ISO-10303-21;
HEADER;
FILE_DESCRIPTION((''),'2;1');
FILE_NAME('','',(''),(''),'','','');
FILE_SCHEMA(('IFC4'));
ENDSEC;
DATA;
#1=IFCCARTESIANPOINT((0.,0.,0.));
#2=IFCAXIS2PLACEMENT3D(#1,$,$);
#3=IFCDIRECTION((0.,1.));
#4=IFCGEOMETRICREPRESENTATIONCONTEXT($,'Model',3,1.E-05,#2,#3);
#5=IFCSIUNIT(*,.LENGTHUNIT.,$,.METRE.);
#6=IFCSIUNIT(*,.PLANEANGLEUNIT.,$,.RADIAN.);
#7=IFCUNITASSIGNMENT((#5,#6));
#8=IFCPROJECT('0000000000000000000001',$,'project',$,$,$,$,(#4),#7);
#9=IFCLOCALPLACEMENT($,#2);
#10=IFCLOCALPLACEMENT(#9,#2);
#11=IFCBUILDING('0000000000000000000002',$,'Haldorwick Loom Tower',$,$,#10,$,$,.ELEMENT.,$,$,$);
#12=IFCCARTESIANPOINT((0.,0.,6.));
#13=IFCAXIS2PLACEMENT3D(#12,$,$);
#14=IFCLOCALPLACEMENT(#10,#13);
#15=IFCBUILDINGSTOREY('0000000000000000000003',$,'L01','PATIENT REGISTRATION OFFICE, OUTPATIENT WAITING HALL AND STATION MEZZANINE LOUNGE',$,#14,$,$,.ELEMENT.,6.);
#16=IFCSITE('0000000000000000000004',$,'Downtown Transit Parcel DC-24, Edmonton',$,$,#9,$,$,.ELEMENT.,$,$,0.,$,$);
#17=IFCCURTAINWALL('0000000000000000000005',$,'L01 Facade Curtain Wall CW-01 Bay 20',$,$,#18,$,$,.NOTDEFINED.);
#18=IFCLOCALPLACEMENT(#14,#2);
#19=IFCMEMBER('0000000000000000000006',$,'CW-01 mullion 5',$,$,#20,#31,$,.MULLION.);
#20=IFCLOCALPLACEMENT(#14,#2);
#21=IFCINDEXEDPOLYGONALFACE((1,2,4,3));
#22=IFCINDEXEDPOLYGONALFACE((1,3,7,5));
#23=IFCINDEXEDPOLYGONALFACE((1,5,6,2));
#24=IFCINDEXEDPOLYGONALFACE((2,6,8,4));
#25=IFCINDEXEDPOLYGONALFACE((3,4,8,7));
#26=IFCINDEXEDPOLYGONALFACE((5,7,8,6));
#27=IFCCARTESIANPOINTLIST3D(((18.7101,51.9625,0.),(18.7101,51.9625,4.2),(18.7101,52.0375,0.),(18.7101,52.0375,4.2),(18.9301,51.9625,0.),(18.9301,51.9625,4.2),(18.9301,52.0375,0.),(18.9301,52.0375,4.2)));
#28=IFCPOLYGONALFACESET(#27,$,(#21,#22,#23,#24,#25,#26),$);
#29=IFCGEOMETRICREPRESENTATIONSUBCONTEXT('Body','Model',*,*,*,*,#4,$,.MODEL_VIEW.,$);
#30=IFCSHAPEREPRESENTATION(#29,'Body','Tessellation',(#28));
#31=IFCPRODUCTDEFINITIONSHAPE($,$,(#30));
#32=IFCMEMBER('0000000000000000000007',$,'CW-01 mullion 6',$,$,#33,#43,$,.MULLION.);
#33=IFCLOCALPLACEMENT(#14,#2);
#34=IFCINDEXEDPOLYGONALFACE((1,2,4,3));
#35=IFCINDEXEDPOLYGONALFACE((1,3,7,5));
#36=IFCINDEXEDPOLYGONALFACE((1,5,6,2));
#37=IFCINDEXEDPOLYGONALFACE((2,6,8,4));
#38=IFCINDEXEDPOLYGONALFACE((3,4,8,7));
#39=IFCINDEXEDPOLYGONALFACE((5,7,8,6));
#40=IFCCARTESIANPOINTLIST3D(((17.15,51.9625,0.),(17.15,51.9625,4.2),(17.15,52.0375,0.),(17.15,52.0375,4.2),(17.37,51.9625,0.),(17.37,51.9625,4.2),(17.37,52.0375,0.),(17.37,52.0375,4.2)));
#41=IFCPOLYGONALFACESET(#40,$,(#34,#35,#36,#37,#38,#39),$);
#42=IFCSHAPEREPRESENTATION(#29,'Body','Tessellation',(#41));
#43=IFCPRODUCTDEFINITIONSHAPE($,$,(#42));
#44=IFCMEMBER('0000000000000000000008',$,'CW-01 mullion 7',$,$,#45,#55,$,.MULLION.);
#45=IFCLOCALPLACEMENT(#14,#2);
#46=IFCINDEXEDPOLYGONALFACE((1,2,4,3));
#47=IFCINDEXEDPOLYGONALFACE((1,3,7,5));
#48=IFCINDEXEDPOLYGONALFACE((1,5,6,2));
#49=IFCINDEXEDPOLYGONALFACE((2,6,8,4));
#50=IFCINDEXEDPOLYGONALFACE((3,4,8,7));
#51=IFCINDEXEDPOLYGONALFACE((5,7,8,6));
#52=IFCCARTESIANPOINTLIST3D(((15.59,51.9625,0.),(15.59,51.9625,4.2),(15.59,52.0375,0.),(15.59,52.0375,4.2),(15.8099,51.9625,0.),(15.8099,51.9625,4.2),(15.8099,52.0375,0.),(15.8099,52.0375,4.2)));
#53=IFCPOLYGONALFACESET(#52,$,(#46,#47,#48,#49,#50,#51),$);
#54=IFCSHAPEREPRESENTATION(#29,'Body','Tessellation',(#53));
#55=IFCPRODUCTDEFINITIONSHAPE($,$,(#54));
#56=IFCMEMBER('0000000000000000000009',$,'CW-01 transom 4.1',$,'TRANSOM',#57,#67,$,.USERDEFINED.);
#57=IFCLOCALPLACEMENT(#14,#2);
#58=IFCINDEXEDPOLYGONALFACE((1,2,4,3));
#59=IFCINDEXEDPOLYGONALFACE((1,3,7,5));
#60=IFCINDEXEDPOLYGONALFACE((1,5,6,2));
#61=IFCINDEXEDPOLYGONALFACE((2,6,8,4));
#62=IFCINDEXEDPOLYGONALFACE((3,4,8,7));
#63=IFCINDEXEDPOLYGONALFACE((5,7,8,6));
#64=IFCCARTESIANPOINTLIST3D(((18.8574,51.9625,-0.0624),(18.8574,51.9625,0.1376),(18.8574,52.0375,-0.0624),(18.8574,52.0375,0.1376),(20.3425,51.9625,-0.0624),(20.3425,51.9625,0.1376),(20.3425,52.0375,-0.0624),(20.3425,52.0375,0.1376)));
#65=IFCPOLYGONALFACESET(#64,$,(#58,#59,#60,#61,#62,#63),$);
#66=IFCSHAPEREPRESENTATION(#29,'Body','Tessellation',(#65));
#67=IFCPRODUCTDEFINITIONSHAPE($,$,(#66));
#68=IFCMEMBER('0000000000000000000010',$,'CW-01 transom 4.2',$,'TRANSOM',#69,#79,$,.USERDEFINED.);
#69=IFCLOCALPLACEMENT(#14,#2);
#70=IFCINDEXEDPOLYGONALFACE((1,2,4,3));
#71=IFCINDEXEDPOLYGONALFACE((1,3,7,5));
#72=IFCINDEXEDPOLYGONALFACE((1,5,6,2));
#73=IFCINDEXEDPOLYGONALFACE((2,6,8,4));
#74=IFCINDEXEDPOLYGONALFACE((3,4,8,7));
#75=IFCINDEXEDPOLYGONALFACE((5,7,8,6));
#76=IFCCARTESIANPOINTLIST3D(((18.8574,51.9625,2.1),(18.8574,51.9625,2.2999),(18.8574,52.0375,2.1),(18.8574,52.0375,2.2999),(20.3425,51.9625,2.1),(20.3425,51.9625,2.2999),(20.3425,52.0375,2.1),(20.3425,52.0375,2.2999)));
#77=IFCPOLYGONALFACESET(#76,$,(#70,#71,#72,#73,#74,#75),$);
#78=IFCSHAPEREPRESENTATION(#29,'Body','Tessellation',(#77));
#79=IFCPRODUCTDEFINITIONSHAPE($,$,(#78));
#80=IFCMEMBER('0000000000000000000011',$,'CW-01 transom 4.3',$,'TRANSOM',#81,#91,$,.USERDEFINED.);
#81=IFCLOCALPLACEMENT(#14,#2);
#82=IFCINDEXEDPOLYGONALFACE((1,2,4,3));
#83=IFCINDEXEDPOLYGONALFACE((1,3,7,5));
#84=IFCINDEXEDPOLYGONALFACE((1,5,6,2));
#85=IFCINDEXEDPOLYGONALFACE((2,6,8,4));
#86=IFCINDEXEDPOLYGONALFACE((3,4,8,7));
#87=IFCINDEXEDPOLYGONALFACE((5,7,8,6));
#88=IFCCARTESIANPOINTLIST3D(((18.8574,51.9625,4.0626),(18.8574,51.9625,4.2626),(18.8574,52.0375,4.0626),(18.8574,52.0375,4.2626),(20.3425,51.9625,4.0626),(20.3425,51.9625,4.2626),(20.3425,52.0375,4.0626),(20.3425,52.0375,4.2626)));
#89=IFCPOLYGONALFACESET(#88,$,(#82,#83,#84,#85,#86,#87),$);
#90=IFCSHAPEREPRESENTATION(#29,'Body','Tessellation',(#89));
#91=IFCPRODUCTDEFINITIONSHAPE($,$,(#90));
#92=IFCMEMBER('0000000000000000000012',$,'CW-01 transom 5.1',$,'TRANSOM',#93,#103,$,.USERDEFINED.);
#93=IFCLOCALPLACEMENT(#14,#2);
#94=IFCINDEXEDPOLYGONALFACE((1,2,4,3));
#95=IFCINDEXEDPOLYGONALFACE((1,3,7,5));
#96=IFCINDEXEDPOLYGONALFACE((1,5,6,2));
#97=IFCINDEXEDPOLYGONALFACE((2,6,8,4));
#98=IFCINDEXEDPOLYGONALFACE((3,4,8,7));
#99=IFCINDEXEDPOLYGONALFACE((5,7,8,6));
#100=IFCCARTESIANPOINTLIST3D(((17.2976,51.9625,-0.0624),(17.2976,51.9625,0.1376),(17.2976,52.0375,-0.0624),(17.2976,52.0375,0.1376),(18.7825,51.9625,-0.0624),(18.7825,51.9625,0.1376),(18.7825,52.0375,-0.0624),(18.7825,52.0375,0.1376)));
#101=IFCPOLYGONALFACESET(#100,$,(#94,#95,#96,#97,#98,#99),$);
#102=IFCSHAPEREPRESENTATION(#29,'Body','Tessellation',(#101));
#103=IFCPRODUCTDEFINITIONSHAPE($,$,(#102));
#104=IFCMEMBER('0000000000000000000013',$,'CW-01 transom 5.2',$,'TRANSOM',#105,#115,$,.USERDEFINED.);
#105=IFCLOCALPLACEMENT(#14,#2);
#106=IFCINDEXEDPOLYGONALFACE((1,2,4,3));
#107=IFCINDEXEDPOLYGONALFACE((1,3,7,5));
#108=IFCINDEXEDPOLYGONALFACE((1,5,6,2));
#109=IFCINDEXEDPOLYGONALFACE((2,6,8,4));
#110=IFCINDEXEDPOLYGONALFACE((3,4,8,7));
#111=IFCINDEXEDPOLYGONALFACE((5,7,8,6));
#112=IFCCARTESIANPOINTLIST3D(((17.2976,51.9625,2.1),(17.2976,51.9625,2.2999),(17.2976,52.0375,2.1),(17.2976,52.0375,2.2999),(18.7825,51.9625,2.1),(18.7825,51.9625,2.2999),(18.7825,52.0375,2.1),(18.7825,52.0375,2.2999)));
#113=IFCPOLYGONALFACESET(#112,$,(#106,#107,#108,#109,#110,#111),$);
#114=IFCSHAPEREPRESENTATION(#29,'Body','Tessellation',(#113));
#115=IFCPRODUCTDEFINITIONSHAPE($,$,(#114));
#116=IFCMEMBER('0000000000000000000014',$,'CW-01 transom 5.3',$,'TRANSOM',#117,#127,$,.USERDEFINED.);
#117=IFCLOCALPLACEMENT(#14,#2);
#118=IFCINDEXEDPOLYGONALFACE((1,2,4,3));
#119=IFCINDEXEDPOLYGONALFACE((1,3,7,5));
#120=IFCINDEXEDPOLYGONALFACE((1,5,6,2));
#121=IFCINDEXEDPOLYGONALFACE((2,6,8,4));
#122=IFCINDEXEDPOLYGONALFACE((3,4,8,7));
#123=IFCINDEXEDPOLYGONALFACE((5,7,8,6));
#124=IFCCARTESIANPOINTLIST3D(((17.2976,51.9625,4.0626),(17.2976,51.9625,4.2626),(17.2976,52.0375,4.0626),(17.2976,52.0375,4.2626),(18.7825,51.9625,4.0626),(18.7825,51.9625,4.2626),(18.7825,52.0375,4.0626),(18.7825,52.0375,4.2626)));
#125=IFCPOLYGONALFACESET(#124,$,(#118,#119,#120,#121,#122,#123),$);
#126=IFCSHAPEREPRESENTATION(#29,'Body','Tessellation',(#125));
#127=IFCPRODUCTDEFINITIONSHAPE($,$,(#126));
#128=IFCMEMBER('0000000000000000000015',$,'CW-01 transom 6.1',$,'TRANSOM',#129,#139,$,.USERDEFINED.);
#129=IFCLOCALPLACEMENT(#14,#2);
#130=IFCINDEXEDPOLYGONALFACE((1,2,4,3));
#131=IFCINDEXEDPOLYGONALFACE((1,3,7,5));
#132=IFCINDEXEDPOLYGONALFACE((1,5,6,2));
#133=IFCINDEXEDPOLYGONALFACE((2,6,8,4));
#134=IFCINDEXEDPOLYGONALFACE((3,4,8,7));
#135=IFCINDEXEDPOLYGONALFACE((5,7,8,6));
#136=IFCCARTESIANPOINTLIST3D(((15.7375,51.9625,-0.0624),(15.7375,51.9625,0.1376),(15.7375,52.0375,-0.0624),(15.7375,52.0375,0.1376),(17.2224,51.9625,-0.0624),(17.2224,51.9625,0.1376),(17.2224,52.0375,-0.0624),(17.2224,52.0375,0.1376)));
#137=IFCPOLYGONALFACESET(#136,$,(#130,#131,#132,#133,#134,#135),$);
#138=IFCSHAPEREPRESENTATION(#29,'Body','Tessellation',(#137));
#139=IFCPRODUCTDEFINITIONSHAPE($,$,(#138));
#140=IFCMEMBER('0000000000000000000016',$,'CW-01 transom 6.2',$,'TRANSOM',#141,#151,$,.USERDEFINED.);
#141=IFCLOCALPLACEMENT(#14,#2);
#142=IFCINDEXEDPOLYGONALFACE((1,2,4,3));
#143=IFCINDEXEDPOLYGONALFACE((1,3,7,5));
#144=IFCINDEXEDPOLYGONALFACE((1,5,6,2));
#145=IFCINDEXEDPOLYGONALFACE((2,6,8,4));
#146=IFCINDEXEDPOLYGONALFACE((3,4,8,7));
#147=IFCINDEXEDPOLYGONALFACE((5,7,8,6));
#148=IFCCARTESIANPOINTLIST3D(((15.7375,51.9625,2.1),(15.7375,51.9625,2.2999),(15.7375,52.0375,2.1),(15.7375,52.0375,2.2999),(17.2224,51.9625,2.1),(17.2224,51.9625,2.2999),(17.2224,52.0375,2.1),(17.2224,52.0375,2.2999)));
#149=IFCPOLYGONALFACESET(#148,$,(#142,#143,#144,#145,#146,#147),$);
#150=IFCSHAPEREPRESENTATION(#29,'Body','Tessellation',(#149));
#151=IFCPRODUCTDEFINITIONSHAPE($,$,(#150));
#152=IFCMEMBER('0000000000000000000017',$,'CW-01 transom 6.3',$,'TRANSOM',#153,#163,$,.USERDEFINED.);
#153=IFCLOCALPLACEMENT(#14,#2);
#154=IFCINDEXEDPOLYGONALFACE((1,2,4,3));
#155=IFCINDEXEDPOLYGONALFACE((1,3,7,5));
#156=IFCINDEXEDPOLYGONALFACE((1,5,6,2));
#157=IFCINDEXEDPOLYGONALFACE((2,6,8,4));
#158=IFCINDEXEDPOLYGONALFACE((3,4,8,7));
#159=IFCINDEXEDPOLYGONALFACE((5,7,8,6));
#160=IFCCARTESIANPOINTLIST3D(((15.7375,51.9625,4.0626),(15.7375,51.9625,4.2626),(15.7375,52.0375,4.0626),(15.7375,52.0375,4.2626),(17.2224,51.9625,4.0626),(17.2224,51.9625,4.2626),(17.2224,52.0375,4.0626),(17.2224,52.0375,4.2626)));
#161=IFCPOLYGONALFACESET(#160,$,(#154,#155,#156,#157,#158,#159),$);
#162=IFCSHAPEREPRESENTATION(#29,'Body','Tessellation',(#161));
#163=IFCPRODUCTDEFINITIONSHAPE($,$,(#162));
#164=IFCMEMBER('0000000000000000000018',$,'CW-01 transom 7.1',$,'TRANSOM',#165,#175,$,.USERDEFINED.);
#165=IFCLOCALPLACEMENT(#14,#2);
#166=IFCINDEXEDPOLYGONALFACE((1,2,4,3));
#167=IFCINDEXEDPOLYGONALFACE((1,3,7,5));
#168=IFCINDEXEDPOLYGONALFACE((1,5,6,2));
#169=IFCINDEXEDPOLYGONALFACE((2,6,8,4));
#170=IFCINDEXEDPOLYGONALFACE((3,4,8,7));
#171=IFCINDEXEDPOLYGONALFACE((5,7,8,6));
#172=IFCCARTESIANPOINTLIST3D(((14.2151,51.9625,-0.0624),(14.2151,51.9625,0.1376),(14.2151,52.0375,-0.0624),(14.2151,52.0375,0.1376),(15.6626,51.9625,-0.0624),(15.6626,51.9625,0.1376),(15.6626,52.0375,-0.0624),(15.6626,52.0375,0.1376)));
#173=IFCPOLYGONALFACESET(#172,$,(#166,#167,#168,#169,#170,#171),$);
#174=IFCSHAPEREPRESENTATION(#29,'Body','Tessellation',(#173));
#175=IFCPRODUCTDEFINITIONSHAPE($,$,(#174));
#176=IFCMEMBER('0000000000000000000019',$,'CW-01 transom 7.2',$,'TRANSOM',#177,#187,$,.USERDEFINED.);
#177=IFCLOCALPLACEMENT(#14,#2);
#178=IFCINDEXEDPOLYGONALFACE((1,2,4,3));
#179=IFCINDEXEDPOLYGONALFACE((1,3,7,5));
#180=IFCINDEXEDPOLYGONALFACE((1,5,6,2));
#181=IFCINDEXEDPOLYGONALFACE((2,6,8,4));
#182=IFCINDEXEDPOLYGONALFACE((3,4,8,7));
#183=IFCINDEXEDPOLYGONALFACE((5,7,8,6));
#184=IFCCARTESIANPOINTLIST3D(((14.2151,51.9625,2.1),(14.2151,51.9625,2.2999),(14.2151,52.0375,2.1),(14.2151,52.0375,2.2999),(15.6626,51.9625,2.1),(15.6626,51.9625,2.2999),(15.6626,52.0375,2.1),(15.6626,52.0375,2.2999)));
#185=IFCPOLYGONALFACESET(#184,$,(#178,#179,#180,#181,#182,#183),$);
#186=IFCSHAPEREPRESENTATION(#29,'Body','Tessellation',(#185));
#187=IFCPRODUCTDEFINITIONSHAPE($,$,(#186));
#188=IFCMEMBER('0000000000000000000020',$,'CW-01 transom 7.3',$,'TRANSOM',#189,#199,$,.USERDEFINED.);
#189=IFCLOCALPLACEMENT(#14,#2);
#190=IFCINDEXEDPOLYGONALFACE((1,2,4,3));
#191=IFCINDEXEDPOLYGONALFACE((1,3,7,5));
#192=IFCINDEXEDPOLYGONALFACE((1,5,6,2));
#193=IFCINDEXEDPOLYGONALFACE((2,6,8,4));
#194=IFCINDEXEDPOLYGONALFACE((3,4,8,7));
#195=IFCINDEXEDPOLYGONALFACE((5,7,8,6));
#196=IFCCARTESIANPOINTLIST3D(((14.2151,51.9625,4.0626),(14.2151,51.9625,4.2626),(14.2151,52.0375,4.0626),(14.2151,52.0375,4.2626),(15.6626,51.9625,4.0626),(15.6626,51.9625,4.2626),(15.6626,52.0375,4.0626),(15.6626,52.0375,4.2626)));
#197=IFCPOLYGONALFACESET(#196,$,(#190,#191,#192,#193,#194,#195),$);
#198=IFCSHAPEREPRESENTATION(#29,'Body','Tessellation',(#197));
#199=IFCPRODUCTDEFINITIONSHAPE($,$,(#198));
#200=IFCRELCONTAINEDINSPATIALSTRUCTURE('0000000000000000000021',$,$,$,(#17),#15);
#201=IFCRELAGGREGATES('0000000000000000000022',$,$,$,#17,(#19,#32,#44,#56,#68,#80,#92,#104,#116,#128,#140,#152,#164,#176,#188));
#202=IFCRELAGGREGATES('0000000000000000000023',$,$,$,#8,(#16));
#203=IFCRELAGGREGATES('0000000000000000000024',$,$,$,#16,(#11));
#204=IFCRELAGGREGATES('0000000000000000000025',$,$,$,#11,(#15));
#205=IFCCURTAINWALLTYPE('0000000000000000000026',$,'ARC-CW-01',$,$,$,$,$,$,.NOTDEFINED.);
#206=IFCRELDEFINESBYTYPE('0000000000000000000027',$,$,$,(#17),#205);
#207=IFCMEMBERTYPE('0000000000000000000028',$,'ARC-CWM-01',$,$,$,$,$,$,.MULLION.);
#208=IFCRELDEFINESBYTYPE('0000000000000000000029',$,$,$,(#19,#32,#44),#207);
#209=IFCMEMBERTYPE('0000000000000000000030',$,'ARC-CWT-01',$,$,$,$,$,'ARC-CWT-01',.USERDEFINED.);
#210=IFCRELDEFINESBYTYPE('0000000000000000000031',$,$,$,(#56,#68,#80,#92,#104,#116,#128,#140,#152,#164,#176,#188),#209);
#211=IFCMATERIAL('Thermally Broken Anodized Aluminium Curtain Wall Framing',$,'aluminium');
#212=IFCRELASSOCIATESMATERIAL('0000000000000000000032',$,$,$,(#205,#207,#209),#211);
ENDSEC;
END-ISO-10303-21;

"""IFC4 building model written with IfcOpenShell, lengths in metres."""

from ifc_helpers import new_model, si_unit, direction, frame, origin, origin_2d, place, context, subcontext, project, spatial, rectangle, extrude, material, material_profile, profile_set, type_object, element, aggregate, save


model = new_model("IFC4")

# Units and contexts
model_context = context("Model", 3, precision=1e-05, world=origin(), true_north=direction((0.0, 1.0)))
body_context = subcontext(model_context, "Body", "Model", "MODEL_VIEW")
ifc_project = project(units=[si_unit("LENGTHUNIT", "METRE"), si_unit("PLANEANGLEUNIT", "RADIAN")], contexts=[model_context])

# Site, building, storey
site_placement = place(None, origin())
site = spatial("IfcSite", under=ifc_project, at=site_placement, Name="Downtown Transit Parcel DC-24, Edmonton", CompositionType="ELEMENT", RefElevation=0.0)
building_placement = place(site_placement, origin())
building = spatial("IfcBuilding", under=site, at=building_placement, Name="Haldorwick Loom Tower", CompositionType="ELEMENT")
storey_placement = place(building_placement, frame((0.0, 0.0, 6.0)))
storey = spatial("IfcBuildingStorey", under=building, at=storey_placement, Name="L01", Description="PATIENT REGISTRATION OFFICE, OUTPATIENT WAITING HALL AND STATION MEZZANINE LOUNGE", CompositionType="ELEMENT", Elevation=6.0)

# Curtain wall, members
ifc_material_1 = material(Name="Thermally Broken Anodized Aluminium Curtain Wall Framing", Category="aluminium")
curtain_wall_type = type_object("IfcCurtainWallType", Name="ARC-CW-01", PredefinedType="NOTDEFINED", material=ifc_material_1)
curtain_wall_placement = place(storey_placement, origin())
curtain_wall = element("IfcCurtainWall", 1, at=curtain_wall_placement, inside=storey, type_object=curtain_wall_type, Name="L01 Facade Curtain Wall CW-01 Bay 20", PredefinedType="NOTDEFINED")
ifc_material_profile_1 = material_profile(ifc_material_1, rectangle(XDim=0.075, YDim=0.22, at=origin_2d()), Name="ALU_MUL_75X220", Category="aluminium")
ifc_profile_set_1 = profile_set([ifc_material_profile_1], Name="Thermally Broken Anodized Aluminium Curtain Wall Framing")
member_type_1 = type_object("IfcMemberType", Name="ARC-CWM-01", PredefinedType="MULLION", material=ifc_profile_set_1)
member_1_placement = place(storey_placement, frame((18.8201, 52.0, 0.0), z_axis=(0.0, 0.0, 1.0), x_axis=(0.0, -1.0, 0.0)))
member_1 = element("IfcMember", 2, at=member_1_placement, type_object=member_type_1, Name="CW-01 mullion 5", PredefinedType="MULLION", context=body_context, shape_type="SweptSolid", body=[
    extrude(rectangle(XDim=0.075, YDim=0.22, at=origin_2d()), origin(), (0.0, 0.0, 1.0), 4.2),
])
member_2_placement = place(storey_placement, frame((17.26, 52.0, 0.0), z_axis=(0.0, 0.0, 1.0), x_axis=(0.0, -1.0, 0.0)))
member_2 = element("IfcMember", 3, at=member_2_placement, type_object=member_type_1, Name="CW-01 mullion 6", PredefinedType="MULLION", context=body_context, shape_type="SweptSolid", body=[
    extrude(rectangle(XDim=0.075, YDim=0.22, at=origin_2d()), origin(), (0.0, 0.0, 1.0), 4.2),
])
member_3_placement = place(storey_placement, frame((15.7, 52.0, 0.0), z_axis=(0.0, 0.0, 1.0), x_axis=(0.0, -1.0, 0.0)))
member_3 = element("IfcMember", 4, at=member_3_placement, type_object=member_type_1, Name="CW-01 mullion 7", PredefinedType="MULLION", context=body_context, shape_type="SweptSolid", body=[
    extrude(rectangle(XDim=0.075, YDim=0.22, at=origin_2d()), origin(), (0.0, 0.0, 1.0), 4.2),
])
ifc_material_profile_2 = material_profile(ifc_material_1, rectangle(XDim=0.075, YDim=0.2, at=origin_2d()), Name="ALU_TRN_75X200", Category="aluminium")
ifc_profile_set_2 = profile_set([ifc_material_profile_2], Name="Thermally Broken Anodized Aluminium Curtain Wall Framing")
member_type_2 = type_object("IfcMemberType", Name="ARC-CWT-01", ElementType="ARC-CWT-01", PredefinedType="USERDEFINED", material=ifc_profile_set_2)
member_4_placement = place(storey_placement, frame((20.3425, 52.0, 0.0376), z_axis=(-1.0, 0.0, 0.0), x_axis=(0.0, -1.0, 0.0)))
member_4 = element("IfcMember", 5, at=member_4_placement, type_object=member_type_2, Name="CW-01 transom 4.1", ObjectType="TRANSOM", PredefinedType="USERDEFINED", context=body_context, shape_type="SweptSolid", body=[
    extrude(rectangle(XDim=0.075, YDim=0.2, at=origin_2d()), origin(), (0.0, 0.0, 1.0), 1.4851),
])
member_5_placement = place(storey_placement, frame((20.3425, 52.0, 2.2), z_axis=(-1.0, 0.0, 0.0), x_axis=(0.0, -1.0, 0.0)))
member_5 = element("IfcMember", 6, at=member_5_placement, type_object=member_type_2, Name="CW-01 transom 4.2", ObjectType="TRANSOM", PredefinedType="USERDEFINED", context=body_context, shape_type="SweptSolid", body=[
    extrude(rectangle(XDim=0.075, YDim=0.2, at=origin_2d()), origin(), (0.0, 0.0, 1.0), 1.4851),
])
member_6_placement = place(storey_placement, frame((20.3425, 52.0, 4.1626), z_axis=(-1.0, 0.0, 0.0), x_axis=(0.0, -1.0, 0.0)))
member_6 = element("IfcMember", 7, at=member_6_placement, type_object=member_type_2, Name="CW-01 transom 4.3", ObjectType="TRANSOM", PredefinedType="USERDEFINED", context=body_context, shape_type="SweptSolid", body=[
    extrude(rectangle(XDim=0.075, YDim=0.2, at=origin_2d()), origin(), (0.0, 0.0, 1.0), 1.4851),
])
member_7_placement = place(storey_placement, frame((18.7825, 52.0, 0.0376), z_axis=(-1.0, 0.0, 0.0), x_axis=(0.0, -1.0, 0.0)))
member_7 = element("IfcMember", 8, at=member_7_placement, type_object=member_type_2, Name="CW-01 transom 5.1", ObjectType="TRANSOM", PredefinedType="USERDEFINED", context=body_context, shape_type="SweptSolid", body=[
    extrude(rectangle(XDim=0.075, YDim=0.2, at=origin_2d()), origin(), (0.0, 0.0, 1.0), 1.4849),
])
member_8_placement = place(storey_placement, frame((18.7825, 52.0, 2.2), z_axis=(-1.0, 0.0, 0.0), x_axis=(0.0, -1.0, 0.0)))
member_8 = element("IfcMember", 9, at=member_8_placement, type_object=member_type_2, Name="CW-01 transom 5.2", ObjectType="TRANSOM", PredefinedType="USERDEFINED", context=body_context, shape_type="SweptSolid", body=[
    extrude(rectangle(XDim=0.075, YDim=0.2, at=origin_2d()), origin(), (0.0, 0.0, 1.0), 1.4849),
])
member_9_placement = place(storey_placement, frame((18.7825, 52.0, 4.1626), z_axis=(-1.0, 0.0, 0.0), x_axis=(0.0, -1.0, 0.0)))
member_9 = element("IfcMember", 10, at=member_9_placement, type_object=member_type_2, Name="CW-01 transom 5.3", ObjectType="TRANSOM", PredefinedType="USERDEFINED", context=body_context, shape_type="SweptSolid", body=[
    extrude(rectangle(XDim=0.075, YDim=0.2, at=origin_2d()), origin(), (0.0, 0.0, 1.0), 1.4849),
])
member_10_placement = place(storey_placement, frame((17.2224, 52.0, 0.0376), z_axis=(-1.0, 0.0, 0.0), x_axis=(0.0, -1.0, 0.0)))
member_10 = element("IfcMember", 11, at=member_10_placement, type_object=member_type_2, Name="CW-01 transom 6.1", ObjectType="TRANSOM", PredefinedType="USERDEFINED", context=body_context, shape_type="SweptSolid", body=[
    extrude(rectangle(XDim=0.075, YDim=0.2, at=origin_2d()), origin(), (0.0, 0.0, 1.0), 1.4849),
])
member_11_placement = place(storey_placement, frame((17.2224, 52.0, 2.2), z_axis=(-1.0, 0.0, 0.0), x_axis=(0.0, -1.0, 0.0)))
member_11 = element("IfcMember", 12, at=member_11_placement, type_object=member_type_2, Name="CW-01 transom 6.2", ObjectType="TRANSOM", PredefinedType="USERDEFINED", context=body_context, shape_type="SweptSolid", body=[
    extrude(rectangle(XDim=0.075, YDim=0.2, at=origin_2d()), origin(), (0.0, 0.0, 1.0), 1.4849),
])
member_12_placement = place(storey_placement, frame((17.2224, 52.0, 4.1626), z_axis=(-1.0, 0.0, 0.0), x_axis=(0.0, -1.0, 0.0)))
member_12 = element("IfcMember", 13, at=member_12_placement, type_object=member_type_2, Name="CW-01 transom 6.3", ObjectType="TRANSOM", PredefinedType="USERDEFINED", context=body_context, shape_type="SweptSolid", body=[
    extrude(rectangle(XDim=0.075, YDim=0.2, at=origin_2d()), origin(), (0.0, 0.0, 1.0), 1.4849),
])
member_13_placement = place(storey_placement, frame((15.6626, 52.0, 0.0376), z_axis=(-1.0, 0.0, 0.0), x_axis=(0.0, -1.0, 0.0)))
member_13 = element("IfcMember", 14, at=member_13_placement, type_object=member_type_2, Name="CW-01 transom 7.1", ObjectType="TRANSOM", PredefinedType="USERDEFINED", context=body_context, shape_type="SweptSolid", body=[
    extrude(rectangle(XDim=0.075, YDim=0.2, at=origin_2d()), origin(), (0.0, 0.0, 1.0), 1.4475),
])
member_14_placement = place(storey_placement, frame((15.6626, 52.0, 2.2), z_axis=(-1.0, 0.0, 0.0), x_axis=(0.0, -1.0, 0.0)))
member_14 = element("IfcMember", 15, at=member_14_placement, type_object=member_type_2, Name="CW-01 transom 7.2", ObjectType="TRANSOM", PredefinedType="USERDEFINED", context=body_context, shape_type="SweptSolid", body=[
    extrude(rectangle(XDim=0.075, YDim=0.2, at=origin_2d()), origin(), (0.0, 0.0, 1.0), 1.4475),
])
member_15_placement = place(storey_placement, frame((15.6626, 52.0, 4.1626), z_axis=(-1.0, 0.0, 0.0), x_axis=(0.0, -1.0, 0.0)))
member_15 = element("IfcMember", 16, at=member_15_placement, type_object=member_type_2, Name="CW-01 transom 7.3", ObjectType="TRANSOM", PredefinedType="USERDEFINED", context=body_context, shape_type="SweptSolid", body=[
    extrude(rectangle(XDim=0.075, YDim=0.2, at=origin_2d()), origin(), (0.0, 0.0, 1.0), 1.4475),
])
aggregate(curtain_wall, [member_1, member_2, member_3, member_4, member_5, member_6, member_7, member_8, member_9, member_10, member_11, member_12, member_13, member_14, member_15])

save(model, "model.ifc")
